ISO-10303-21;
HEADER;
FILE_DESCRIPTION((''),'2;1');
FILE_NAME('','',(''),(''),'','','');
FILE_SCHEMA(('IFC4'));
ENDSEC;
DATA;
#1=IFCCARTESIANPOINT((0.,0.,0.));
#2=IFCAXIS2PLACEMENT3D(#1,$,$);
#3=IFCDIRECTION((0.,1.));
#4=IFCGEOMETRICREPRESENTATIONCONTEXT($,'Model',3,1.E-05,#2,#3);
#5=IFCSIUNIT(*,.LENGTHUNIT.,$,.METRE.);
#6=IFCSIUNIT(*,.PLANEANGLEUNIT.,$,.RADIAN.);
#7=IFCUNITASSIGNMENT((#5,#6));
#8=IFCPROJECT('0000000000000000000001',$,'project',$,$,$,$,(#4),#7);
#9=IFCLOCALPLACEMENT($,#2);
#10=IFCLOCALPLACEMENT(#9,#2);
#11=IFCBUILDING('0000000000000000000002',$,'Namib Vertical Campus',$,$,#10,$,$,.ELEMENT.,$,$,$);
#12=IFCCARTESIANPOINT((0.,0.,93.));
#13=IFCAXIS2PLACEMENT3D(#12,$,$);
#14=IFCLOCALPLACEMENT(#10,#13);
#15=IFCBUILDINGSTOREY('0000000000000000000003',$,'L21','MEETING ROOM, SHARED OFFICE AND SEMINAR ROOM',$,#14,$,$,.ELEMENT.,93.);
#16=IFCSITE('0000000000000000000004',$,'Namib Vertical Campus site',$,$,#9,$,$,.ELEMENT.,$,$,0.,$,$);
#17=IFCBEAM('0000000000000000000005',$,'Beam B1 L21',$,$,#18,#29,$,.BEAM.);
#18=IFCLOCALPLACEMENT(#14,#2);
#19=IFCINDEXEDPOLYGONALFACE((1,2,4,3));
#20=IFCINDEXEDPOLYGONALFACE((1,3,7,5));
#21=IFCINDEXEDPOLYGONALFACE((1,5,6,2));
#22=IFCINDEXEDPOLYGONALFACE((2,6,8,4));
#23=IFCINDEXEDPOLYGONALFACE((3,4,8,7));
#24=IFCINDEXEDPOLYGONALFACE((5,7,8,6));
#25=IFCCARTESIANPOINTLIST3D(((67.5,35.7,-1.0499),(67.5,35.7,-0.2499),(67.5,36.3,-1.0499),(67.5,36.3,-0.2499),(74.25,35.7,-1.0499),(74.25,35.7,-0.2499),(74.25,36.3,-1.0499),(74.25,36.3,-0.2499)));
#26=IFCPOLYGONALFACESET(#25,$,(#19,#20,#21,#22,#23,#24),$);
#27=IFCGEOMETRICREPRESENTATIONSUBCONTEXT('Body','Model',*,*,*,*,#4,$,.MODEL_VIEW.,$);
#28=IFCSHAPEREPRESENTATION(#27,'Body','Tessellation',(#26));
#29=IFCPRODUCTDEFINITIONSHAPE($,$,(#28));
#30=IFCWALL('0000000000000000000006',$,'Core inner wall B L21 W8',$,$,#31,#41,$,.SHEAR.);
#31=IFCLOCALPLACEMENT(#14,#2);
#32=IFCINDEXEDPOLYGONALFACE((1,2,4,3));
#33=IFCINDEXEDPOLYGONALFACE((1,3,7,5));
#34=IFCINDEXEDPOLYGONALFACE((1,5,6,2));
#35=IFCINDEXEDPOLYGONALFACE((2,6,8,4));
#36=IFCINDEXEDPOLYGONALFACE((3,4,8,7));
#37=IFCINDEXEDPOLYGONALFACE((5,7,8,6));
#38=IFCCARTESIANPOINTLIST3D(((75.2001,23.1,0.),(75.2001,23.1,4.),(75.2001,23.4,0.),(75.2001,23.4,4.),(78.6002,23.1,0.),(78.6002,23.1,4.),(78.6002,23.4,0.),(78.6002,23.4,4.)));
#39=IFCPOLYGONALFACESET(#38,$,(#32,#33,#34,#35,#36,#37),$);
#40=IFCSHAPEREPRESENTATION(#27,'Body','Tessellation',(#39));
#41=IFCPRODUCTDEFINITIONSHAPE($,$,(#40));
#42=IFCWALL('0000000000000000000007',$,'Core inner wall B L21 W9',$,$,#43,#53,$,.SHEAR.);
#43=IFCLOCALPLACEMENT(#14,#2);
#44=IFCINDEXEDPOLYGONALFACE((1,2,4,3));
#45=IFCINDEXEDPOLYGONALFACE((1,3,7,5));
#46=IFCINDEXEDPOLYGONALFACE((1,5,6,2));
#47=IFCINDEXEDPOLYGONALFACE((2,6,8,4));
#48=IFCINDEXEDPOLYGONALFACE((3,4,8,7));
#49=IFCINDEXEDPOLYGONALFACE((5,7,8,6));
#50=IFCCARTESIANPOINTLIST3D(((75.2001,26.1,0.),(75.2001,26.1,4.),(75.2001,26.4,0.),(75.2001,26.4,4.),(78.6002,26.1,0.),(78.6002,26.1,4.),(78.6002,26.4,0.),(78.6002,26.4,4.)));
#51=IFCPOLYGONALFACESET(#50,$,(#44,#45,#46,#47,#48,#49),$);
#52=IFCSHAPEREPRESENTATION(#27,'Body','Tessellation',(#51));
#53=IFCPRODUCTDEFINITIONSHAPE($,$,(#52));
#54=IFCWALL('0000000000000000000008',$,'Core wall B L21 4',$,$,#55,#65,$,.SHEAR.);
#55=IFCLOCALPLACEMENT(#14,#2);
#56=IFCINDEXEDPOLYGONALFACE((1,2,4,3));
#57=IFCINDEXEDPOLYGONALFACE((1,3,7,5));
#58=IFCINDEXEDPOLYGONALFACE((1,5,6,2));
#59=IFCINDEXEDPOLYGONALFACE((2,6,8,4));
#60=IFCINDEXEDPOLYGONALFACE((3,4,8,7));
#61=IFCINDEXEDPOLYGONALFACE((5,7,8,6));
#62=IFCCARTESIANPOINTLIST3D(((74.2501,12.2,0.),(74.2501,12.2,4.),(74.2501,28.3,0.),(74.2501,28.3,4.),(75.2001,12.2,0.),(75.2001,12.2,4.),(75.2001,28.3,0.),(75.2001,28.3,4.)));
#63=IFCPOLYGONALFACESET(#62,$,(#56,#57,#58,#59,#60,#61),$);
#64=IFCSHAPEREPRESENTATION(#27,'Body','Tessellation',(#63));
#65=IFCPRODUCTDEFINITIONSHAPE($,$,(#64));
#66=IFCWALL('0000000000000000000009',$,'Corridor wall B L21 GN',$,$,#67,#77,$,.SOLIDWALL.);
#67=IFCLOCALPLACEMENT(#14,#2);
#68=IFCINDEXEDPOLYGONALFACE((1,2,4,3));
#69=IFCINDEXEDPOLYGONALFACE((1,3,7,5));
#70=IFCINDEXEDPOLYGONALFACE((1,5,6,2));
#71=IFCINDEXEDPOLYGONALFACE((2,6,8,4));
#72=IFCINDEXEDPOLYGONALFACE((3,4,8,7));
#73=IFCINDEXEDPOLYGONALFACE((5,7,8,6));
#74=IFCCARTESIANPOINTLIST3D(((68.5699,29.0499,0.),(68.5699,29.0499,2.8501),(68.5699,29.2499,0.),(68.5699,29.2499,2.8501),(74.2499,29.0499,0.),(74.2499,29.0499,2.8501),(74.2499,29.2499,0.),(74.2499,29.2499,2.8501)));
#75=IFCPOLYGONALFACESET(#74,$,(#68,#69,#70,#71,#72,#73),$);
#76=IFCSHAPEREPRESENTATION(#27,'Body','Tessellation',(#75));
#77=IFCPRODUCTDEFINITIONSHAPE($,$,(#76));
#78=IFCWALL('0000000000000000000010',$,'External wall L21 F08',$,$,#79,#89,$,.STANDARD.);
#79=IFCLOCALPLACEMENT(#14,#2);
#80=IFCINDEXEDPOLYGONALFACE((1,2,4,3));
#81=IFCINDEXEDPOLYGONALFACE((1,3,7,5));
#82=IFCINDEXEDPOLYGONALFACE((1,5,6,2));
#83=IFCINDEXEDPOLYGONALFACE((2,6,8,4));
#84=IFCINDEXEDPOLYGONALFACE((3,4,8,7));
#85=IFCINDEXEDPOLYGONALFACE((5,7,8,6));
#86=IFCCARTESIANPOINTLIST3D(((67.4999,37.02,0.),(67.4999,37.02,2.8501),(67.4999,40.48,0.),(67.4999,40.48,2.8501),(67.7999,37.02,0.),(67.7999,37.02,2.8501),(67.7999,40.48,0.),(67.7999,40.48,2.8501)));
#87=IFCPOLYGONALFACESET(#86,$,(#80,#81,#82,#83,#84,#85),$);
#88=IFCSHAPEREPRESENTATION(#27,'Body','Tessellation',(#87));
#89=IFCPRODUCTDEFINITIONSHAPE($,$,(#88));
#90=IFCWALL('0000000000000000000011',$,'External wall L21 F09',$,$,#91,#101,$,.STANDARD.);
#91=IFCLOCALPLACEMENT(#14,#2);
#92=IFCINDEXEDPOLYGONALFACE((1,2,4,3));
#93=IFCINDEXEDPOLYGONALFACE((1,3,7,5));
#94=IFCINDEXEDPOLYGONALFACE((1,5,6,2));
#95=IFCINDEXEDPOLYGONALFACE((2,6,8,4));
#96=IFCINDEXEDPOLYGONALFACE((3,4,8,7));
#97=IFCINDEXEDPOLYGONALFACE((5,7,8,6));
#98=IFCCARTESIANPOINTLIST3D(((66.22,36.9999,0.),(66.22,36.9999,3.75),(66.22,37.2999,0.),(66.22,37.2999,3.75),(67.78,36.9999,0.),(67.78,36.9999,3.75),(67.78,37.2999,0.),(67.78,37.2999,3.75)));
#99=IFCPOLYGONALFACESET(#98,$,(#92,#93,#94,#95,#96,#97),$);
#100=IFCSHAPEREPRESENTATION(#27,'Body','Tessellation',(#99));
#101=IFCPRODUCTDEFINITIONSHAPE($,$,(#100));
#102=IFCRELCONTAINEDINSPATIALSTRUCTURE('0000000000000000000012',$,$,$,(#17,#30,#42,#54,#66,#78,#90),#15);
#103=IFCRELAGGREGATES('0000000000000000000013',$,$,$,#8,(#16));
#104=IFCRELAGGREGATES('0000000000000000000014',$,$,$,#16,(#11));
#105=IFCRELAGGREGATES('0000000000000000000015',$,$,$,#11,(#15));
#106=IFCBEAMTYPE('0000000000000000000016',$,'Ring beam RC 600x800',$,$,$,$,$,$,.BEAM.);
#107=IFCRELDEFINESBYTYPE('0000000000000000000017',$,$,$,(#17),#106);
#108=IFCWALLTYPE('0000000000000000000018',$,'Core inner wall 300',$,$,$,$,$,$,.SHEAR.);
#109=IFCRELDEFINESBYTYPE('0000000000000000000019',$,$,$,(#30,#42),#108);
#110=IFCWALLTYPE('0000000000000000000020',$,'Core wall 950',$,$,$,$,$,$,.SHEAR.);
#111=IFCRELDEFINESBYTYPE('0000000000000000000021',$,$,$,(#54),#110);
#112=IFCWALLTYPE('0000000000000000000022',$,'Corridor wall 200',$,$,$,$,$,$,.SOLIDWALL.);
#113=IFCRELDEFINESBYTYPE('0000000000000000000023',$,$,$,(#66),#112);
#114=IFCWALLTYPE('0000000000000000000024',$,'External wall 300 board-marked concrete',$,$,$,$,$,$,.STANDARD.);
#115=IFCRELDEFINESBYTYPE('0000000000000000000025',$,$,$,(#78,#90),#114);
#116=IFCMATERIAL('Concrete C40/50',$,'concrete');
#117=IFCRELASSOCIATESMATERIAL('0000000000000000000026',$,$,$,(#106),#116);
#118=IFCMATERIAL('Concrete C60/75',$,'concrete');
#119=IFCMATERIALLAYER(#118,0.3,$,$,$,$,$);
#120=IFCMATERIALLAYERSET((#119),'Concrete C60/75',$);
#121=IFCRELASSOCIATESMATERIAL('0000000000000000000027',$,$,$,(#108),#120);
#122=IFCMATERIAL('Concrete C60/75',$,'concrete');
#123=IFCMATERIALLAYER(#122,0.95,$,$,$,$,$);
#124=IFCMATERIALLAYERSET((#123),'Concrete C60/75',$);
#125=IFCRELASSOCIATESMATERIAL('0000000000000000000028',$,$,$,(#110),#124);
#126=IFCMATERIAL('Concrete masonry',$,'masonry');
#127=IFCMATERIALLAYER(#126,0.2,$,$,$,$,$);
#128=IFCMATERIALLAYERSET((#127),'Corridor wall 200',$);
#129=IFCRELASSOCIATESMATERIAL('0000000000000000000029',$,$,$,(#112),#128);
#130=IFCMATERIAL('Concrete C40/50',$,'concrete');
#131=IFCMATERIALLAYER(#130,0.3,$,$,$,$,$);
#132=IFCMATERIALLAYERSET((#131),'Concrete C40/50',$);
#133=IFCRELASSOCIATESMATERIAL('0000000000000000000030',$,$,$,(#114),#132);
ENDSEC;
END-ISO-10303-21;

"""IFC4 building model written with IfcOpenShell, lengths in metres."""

from ifc_helpers import new_model, si_unit, direction, frame, frame_2d, origin, origin_2d, place, context, subcontext, project, spatial, rectangle, extrude, material, layer, layer_set, material_profile, profile_set, type_object, element, save


model = new_model("IFC4")

# Units and contexts
model_context = context("Model", 3, precision=1e-05, world=origin(), true_north=direction((0.0, 1.0)))
body_context = subcontext(model_context, "Body", "Model", "MODEL_VIEW")
ifc_project = project(units=[si_unit("LENGTHUNIT", "METRE"), si_unit("PLANEANGLEUNIT", "RADIAN")], contexts=[model_context])

# Site, building, storey
site_placement = place(None, origin())
site = spatial("IfcSite", under=ifc_project, at=site_placement, Name="Namib Vertical Campus site", CompositionType="ELEMENT", RefElevation=0.0)
building_placement = place(site_placement, origin())
building = spatial("IfcBuilding", under=site, at=building_placement, Name="Namib Vertical Campus", CompositionType="ELEMENT")
storey_placement = place(building_placement, frame((0.0, 0.0, 93.0)))
storey = spatial("IfcBuildingStorey", under=building, at=storey_placement, Name="L21", Description="MEETING ROOM, SHARED OFFICE AND SEMINAR ROOM", CompositionType="ELEMENT", Elevation=93.0)

# Beam
ifc_material_1 = material(Name="Concrete C40/50", Category="concrete")
ifc_material_profile_1 = material_profile(ifc_material_1, rectangle(XDim=0.6001, YDim=0.8, at=origin_2d()))
ifc_profile_set_1 = profile_set([ifc_material_profile_1], Name="Concrete C40/50")
beam_type_1 = type_object("IfcBeamType", Name="Ring beam RC 600x800", PredefinedType="BEAM", material=ifc_profile_set_1)
beam_1_placement = place(storey_placement, frame((67.5, 36.0, -0.6499), z_axis=(1.0, 0.0, 0.0), x_axis=(0.0, 1.0, 0.0)))
element("IfcBeam", 1, at=beam_1_placement, inside=storey, type_object=beam_type_1, Name="Beam B1 L21", PredefinedType="BEAM", context=body_context, shape_type="SweptSolid", body=[
    extrude(rectangle(XDim=0.6001, YDim=0.8, at=origin_2d()), origin(), (0.0, 0.0, 1.0), 6.75),
])

# Walls
ifc_material_2 = material(Name="Concrete C60/75", Category="concrete")
ifc_layer_1 = layer(ifc_material_2, 0.3)
ifc_layer_set_1 = layer_set([ifc_layer_1], Name="Concrete C60/75")
wall_type_1 = type_object("IfcWallType", Name="Core inner wall 300", PredefinedType="SHEAR", material=ifc_layer_set_1)
for number, where, z_axis, x_axis, name in (
    (2, (75.2, 23.25, 0.0), (0.0, 0.0, 1.0), (1.0, 0.0, 0.0), "Core inner wall B L21 W8"),
    (3, (75.2, 26.25, 0.0), (0.0, 0.0, 1.0), (1.0, 0.0, 0.0), "Core inner wall B L21 W9"),
):
    element("IfcWall", number, at=place(storey_placement, frame(where, z_axis=z_axis, x_axis=x_axis)), inside=storey, type_object=wall_type_1, Name=name, PredefinedType="SHEAR", context=body_context, shape_type="SweptSolid", body=[
        extrude(rectangle(XDim=3.4001, YDim=0.3, at=frame_2d((1.7002, 0.0))), origin(), (0.0, 0.0, 1.0), 4.0),
    ])
ifc_material_3 = material(Name="Concrete C60/75", Category="concrete")
ifc_layer_2 = layer(ifc_material_3, 0.95)
ifc_layer_set_2 = layer_set([ifc_layer_2], Name="Concrete C60/75")
wall_type_2 = type_object("IfcWallType", Name="Core wall 950", PredefinedType="SHEAR", material=ifc_layer_set_2)
wall_1_placement = place(storey_placement, frame((74.7251, 28.3, 0.0), z_axis=(0.0, 0.0, 1.0), x_axis=(0.0, -1.0, 0.0)))
element("IfcWall", 4, at=wall_1_placement, inside=storey, type_object=wall_type_2, Name="Core wall B L21 4", PredefinedType="SHEAR", context=body_context, shape_type="SweptSolid", body=[
    extrude(rectangle(XDim=16.1001, YDim=0.95, at=frame_2d((8.05, 0.0))), origin(), (0.0, 0.0, 1.0), 4.0),
])
ifc_material_4 = material(Name="Concrete masonry", Category="masonry")
ifc_layer_3 = layer(ifc_material_4, 0.2)
ifc_layer_set_3 = layer_set([ifc_layer_3], Name="Corridor wall 200")
wall_type_3 = type_object("IfcWallType", Name="Corridor wall 200", PredefinedType="SOLIDWALL", material=ifc_layer_set_3)
wall_2_placement = place(storey_placement, frame((68.5701, 29.1499, 0.0), z_axis=(0.0, 0.0, 1.0), x_axis=(1.0, 0.0, 0.0)))
element("IfcWall", 5, at=wall_2_placement, inside=storey, type_object=wall_type_3, Name="Corridor wall B L21 GN", PredefinedType="SOLIDWALL", context=body_context, shape_type="SweptSolid", body=[
    extrude(rectangle(XDim=5.6799, YDim=0.2, at=frame_2d((2.8398, 0.0))), origin(), (0.0, 0.0, 1.0), 2.8501),
])
ifc_material_5 = material(Name="Concrete C40/50", Category="concrete")
ifc_layer_4 = layer(ifc_material_5, 0.3)
ifc_layer_set_4 = layer_set([ifc_layer_4], Name="Concrete C40/50")
wall_type_4 = type_object("IfcWallType", Name="External wall 300 board-marked concrete", PredefinedType="STANDARD", material=ifc_layer_set_4)
wall_3_placement = place(storey_placement, frame((67.6499, 40.48, 0.0), z_axis=(0.0, 0.0, 1.0), x_axis=(0.0, -1.0, 0.0)))
element("IfcWall", 6, at=wall_3_placement, inside=storey, type_object=wall_type_4, Name="External wall L21 F08", PredefinedType="STANDARD", context=body_context, shape_type="SweptSolid", body=[
    extrude(rectangle(XDim=3.46, YDim=0.3, at=frame_2d((1.73, 0.0))), origin(), (0.0, 0.0, 1.0), 2.8501),
])
wall_4_placement = place(storey_placement, frame((67.78, 37.1499, 0.0), z_axis=(0.0, 0.0, 1.0), x_axis=(-1.0, 0.0, 0.0)))
element("IfcWall", 7, at=wall_4_placement, inside=storey, type_object=wall_type_4, Name="External wall L21 F09", PredefinedType="STANDARD", context=body_context, shape_type="SweptSolid", body=[
    extrude(rectangle(XDim=1.5601, YDim=0.3, at=frame_2d((0.78, 0.0))), origin(), (0.0, 0.0, 1.0), 3.75),
])

save(model, "model.ifc")
